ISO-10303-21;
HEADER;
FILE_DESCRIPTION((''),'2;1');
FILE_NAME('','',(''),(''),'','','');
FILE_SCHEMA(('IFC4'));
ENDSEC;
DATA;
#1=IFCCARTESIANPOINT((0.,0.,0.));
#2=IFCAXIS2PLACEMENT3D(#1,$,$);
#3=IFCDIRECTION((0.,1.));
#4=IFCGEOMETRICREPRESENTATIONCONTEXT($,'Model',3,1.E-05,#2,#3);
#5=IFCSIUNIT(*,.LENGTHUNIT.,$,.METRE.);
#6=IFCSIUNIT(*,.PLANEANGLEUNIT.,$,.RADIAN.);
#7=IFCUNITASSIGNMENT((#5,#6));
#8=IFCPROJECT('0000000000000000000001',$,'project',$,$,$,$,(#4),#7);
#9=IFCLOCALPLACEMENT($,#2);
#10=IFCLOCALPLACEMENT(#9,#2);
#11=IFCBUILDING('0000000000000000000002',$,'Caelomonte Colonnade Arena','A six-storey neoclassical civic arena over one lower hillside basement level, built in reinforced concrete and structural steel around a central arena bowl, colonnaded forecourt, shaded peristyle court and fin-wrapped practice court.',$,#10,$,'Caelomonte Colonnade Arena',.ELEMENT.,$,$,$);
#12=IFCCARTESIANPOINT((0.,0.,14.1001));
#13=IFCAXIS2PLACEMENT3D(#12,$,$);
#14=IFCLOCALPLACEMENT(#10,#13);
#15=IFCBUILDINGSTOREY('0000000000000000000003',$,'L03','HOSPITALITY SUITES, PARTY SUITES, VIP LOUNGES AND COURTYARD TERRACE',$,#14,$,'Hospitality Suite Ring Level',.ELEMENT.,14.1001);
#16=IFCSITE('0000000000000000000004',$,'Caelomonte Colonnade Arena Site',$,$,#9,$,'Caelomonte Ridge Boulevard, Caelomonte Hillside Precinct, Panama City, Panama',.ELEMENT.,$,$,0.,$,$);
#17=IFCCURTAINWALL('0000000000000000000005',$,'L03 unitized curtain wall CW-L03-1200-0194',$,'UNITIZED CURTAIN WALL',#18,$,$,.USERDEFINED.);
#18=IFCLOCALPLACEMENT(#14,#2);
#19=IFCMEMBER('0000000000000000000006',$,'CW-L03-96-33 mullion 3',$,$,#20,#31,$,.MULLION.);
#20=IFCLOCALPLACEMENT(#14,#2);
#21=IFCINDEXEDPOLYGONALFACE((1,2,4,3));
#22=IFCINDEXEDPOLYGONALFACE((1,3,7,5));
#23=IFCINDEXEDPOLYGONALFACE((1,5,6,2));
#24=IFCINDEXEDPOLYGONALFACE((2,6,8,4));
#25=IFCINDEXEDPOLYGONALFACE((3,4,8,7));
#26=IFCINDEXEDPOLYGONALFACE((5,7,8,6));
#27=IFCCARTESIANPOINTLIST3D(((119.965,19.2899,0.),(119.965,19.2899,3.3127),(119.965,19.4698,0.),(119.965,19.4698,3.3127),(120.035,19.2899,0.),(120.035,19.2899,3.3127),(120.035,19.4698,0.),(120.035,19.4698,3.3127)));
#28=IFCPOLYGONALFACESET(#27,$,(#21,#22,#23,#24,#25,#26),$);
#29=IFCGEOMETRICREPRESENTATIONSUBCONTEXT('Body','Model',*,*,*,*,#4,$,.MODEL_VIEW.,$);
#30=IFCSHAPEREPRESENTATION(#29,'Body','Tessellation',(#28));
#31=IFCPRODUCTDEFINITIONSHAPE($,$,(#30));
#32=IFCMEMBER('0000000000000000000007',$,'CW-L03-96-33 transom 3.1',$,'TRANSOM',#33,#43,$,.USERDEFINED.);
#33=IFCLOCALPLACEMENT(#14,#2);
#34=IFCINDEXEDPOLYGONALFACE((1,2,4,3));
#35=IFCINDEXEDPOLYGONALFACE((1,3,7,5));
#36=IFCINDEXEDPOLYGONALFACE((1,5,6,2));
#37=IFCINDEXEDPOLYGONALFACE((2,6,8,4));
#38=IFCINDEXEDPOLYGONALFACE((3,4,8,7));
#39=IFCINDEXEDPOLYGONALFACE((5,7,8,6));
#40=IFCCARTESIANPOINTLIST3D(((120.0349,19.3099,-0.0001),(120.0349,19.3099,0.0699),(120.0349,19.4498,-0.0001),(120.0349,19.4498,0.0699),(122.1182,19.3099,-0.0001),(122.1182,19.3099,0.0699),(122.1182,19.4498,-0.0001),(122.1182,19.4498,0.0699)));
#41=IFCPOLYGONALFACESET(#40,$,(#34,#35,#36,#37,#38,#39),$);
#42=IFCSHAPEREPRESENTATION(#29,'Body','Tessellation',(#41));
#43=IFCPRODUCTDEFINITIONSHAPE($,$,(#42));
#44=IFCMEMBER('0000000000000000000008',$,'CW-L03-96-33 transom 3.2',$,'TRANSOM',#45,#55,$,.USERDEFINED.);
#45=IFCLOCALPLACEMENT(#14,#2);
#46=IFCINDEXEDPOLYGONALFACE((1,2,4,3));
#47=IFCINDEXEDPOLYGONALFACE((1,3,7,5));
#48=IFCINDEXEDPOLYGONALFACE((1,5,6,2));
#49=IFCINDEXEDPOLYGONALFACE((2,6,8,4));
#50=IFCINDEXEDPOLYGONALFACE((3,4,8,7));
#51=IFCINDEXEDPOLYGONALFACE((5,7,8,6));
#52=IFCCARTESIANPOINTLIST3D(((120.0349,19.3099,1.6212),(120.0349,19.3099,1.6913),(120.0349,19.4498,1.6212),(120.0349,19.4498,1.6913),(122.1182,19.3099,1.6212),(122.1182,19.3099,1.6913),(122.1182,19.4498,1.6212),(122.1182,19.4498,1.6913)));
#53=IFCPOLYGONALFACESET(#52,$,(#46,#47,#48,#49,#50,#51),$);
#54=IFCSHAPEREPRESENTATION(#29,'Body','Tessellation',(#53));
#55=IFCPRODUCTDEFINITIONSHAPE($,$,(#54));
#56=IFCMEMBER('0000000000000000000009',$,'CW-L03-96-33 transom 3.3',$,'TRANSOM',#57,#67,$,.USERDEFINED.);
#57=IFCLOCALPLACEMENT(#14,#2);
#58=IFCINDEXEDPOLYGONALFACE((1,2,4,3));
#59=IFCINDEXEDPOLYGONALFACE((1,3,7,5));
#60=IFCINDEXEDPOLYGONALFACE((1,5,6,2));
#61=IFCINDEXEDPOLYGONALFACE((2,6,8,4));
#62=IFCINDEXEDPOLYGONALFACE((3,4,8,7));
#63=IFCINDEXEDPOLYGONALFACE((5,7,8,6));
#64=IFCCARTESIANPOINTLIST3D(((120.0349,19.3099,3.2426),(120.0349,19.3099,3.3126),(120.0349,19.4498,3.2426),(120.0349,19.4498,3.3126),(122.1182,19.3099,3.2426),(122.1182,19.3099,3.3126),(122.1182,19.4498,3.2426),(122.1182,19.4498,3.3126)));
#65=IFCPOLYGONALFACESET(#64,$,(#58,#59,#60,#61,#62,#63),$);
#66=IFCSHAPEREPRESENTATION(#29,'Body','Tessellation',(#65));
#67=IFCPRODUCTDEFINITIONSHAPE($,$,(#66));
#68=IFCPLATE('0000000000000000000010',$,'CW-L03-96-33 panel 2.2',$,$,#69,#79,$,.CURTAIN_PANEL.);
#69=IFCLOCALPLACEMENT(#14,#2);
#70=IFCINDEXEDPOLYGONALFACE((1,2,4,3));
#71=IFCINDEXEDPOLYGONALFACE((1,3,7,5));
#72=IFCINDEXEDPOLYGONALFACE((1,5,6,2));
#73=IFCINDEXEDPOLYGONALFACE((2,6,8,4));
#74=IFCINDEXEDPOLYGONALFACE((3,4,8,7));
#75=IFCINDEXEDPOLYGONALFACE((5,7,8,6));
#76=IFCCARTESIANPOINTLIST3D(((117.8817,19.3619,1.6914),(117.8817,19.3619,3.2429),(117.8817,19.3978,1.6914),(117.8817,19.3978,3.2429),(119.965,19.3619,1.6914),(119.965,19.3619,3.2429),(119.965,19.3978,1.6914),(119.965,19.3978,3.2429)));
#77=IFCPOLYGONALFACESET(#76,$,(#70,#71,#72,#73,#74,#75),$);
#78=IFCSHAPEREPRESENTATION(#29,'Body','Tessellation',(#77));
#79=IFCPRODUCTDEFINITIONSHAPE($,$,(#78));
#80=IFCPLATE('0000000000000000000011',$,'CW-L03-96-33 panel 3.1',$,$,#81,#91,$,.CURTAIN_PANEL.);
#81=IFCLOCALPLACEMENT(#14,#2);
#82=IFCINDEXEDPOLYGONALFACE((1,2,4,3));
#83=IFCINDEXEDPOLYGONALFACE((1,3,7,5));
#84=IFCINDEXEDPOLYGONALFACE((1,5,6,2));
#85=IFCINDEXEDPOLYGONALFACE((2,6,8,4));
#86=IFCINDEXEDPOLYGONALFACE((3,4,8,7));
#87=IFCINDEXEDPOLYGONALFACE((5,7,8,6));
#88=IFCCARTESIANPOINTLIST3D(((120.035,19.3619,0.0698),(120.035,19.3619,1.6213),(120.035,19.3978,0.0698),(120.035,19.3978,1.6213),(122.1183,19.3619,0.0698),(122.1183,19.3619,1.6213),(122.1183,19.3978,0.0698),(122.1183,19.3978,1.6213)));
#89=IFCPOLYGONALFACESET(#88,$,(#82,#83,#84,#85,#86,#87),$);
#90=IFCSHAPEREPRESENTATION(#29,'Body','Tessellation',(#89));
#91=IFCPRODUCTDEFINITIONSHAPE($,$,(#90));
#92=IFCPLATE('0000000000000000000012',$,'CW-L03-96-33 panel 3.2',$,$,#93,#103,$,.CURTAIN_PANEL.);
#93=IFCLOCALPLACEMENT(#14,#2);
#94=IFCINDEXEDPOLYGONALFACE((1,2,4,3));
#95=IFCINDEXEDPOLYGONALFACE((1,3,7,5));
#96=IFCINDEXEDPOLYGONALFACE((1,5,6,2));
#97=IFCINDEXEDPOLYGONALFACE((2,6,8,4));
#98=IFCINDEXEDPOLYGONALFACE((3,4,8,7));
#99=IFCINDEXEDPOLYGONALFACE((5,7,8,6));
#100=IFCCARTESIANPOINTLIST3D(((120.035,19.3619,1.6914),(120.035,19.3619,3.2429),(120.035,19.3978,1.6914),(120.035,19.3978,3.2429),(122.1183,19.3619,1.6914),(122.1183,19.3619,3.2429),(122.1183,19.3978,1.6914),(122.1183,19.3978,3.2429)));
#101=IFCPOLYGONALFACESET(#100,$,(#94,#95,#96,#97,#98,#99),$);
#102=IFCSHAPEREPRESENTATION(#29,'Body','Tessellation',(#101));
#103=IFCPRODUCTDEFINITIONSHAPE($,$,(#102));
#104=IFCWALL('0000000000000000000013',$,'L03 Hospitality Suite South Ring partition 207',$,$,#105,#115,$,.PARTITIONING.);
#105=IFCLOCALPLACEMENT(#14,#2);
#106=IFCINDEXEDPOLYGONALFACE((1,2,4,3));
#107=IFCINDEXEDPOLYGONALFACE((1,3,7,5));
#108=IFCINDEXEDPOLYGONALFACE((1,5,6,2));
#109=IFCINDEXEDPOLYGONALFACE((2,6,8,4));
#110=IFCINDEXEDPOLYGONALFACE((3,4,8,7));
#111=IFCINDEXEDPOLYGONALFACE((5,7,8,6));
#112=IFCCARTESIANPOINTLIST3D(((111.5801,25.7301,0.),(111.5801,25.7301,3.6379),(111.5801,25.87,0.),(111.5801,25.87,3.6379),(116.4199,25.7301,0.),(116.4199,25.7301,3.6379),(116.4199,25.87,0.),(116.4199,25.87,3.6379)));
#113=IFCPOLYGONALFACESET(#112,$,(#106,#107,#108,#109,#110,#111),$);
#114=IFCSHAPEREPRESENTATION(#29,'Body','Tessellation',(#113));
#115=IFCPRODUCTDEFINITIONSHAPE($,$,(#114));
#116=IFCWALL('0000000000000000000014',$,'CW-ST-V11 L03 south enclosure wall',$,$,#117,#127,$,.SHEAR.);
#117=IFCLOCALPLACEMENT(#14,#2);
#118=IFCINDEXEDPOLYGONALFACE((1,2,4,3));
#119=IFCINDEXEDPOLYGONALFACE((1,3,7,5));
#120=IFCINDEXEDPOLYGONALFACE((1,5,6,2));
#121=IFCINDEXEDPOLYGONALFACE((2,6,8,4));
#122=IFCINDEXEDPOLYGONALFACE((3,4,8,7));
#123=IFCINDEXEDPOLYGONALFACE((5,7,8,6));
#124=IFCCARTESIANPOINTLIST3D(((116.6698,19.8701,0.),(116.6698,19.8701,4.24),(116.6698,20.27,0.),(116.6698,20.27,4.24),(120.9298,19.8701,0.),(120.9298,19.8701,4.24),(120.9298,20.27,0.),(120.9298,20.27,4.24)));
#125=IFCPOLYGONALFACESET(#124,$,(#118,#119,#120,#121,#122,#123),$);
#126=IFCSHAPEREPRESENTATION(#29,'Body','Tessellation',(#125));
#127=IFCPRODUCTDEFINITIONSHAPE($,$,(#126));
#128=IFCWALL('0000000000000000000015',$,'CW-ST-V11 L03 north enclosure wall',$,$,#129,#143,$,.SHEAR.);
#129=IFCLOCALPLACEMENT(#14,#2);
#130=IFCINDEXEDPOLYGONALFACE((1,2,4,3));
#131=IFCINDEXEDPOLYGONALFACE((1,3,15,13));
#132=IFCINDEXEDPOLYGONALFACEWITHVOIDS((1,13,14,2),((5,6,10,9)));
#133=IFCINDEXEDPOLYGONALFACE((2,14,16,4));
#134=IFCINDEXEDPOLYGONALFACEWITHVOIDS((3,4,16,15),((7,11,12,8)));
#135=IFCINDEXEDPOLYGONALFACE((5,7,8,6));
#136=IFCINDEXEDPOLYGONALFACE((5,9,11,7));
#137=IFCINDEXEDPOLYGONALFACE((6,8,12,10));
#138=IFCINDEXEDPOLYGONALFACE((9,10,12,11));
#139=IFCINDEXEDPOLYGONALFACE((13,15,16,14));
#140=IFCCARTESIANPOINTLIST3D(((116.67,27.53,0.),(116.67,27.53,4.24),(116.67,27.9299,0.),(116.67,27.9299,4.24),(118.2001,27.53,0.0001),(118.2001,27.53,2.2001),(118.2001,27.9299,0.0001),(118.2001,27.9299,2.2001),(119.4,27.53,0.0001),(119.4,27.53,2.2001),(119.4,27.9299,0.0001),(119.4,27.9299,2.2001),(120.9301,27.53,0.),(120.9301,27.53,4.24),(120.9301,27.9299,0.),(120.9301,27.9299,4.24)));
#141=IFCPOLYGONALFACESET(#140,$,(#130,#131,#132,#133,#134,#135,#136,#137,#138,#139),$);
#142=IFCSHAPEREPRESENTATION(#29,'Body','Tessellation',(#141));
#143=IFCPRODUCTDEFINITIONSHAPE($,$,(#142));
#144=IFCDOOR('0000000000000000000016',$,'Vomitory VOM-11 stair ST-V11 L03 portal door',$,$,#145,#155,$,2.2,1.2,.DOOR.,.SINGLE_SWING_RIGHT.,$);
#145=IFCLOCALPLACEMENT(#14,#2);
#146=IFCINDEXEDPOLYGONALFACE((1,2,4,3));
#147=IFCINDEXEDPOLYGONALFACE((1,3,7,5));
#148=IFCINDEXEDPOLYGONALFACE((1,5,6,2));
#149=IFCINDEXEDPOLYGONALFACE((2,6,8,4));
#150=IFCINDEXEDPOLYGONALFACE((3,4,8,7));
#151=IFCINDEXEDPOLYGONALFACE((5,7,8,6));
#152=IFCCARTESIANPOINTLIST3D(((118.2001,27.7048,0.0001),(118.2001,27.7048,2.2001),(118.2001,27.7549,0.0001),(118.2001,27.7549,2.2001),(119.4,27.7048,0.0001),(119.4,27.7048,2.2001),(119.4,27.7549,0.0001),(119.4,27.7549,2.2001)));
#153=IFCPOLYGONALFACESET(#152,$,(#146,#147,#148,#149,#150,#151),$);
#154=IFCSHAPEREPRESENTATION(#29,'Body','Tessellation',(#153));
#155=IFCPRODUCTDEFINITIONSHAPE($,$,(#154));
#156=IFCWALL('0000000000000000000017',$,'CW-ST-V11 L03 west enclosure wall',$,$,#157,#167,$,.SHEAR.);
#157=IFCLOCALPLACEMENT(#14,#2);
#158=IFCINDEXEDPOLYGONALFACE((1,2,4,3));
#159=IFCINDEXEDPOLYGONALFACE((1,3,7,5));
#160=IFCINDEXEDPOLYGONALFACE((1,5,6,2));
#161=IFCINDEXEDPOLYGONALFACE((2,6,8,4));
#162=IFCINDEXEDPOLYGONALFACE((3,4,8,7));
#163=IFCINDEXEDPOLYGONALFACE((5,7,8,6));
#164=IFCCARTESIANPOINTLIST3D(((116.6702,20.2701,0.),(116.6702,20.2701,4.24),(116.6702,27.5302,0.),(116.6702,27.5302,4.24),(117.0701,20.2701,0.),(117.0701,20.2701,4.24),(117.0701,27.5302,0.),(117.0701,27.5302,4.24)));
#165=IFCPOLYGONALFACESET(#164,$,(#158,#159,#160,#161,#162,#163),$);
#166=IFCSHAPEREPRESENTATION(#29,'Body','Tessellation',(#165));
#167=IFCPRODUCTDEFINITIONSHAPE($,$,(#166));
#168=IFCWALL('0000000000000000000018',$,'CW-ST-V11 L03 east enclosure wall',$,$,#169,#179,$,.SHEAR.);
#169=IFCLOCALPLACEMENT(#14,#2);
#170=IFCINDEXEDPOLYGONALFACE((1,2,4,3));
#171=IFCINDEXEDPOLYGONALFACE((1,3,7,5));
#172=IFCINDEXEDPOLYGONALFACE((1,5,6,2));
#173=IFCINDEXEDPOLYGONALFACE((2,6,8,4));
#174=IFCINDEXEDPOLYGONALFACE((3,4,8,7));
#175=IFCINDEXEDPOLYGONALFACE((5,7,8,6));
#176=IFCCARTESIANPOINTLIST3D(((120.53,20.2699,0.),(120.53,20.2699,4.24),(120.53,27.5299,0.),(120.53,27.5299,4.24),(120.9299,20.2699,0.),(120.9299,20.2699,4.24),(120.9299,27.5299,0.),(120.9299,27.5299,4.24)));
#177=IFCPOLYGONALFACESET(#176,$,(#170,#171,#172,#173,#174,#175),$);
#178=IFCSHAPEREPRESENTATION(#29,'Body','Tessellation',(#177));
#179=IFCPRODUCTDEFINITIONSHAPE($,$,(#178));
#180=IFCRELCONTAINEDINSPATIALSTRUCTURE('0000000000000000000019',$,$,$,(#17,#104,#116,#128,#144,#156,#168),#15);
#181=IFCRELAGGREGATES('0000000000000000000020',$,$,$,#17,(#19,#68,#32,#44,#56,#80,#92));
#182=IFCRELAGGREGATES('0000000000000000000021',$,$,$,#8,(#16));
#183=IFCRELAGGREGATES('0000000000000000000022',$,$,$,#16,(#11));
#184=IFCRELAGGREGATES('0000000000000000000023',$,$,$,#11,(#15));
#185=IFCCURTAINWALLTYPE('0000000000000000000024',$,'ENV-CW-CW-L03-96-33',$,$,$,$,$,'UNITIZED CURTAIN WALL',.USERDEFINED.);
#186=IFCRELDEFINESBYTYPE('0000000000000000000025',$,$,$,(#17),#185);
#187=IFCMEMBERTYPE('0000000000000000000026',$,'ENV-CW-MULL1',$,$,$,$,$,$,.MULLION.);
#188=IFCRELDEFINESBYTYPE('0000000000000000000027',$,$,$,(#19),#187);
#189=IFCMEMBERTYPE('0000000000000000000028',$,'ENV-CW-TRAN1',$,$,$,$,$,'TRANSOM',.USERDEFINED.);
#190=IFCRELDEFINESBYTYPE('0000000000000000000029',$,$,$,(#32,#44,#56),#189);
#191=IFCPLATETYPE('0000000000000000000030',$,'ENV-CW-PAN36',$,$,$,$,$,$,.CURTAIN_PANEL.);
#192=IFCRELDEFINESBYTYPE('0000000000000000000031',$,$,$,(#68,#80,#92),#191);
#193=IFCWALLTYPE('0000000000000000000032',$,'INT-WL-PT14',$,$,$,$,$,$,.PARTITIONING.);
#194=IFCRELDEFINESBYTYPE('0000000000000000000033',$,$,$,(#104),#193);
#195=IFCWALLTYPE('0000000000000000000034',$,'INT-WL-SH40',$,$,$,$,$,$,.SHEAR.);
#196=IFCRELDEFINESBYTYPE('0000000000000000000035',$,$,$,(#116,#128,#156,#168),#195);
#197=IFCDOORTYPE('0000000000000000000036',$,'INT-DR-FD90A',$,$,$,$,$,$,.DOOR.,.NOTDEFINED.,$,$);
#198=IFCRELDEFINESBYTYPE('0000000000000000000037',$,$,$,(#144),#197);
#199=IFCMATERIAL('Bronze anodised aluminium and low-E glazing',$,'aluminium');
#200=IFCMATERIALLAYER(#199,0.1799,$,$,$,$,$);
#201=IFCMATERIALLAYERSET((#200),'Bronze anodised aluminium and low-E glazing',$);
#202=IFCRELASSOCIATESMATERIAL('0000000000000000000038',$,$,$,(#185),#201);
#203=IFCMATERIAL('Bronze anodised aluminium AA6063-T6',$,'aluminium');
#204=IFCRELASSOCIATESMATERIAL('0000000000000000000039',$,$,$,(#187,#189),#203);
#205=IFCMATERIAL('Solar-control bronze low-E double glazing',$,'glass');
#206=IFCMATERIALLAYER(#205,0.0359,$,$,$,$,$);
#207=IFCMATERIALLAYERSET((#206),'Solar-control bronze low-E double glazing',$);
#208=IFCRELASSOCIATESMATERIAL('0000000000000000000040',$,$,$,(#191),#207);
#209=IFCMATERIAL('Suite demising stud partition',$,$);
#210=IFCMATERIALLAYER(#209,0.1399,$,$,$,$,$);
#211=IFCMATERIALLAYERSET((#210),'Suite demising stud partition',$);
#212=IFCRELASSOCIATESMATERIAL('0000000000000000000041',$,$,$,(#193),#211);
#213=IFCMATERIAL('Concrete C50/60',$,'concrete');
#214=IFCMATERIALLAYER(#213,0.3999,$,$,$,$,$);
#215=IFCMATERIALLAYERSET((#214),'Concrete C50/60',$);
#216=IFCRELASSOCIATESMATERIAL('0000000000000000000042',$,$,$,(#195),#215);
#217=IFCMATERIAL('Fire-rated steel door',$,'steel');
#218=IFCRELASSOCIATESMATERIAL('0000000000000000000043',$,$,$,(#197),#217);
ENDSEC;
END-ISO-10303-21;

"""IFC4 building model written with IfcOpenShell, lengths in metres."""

from ifc_helpers import new_model, si_unit, direction, frame, frame_2d, origin, origin_2d, place, context, subcontext, project, spatial, rectangle, extrude, material, layer, layer_set, material_profile, profile_set, type_object, element, fill, aggregate, save


model = new_model("IFC4")

# Units and contexts
model_context = context("Model", 3, precision=1e-05, world=origin(), true_north=direction((0.0, 1.0)))
body_context = subcontext(model_context, "Body", "Model", "MODEL_VIEW")
ifc_project = project(units=[si_unit("LENGTHUNIT", "METRE"), si_unit("PLANEANGLEUNIT", "RADIAN")], contexts=[model_context])

# Site, building, storey
site_placement = place(None, origin())
site = spatial("IfcSite", under=ifc_project, at=site_placement, Name="Caelomonte Colonnade Arena Site", LongName="Caelomonte Ridge Boulevard, Caelomonte Hillside Precinct, Panama City, Panama", CompositionType="ELEMENT", RefElevation=0.0)
building_placement = place(site_placement, origin())
building = spatial("IfcBuilding", under=site, at=building_placement, Name="Caelomonte Colonnade Arena", Description="A six-storey neoclassical civic arena over one lower hillside basement level, built in reinforced concrete and structural steel around a central arena bowl, colonnaded forecourt, shaded peristyle court and fin-wrapped practice court.", LongName="Caelomonte Colonnade Arena", CompositionType="ELEMENT")
storey_placement = place(building_placement, frame((0.0, 0.0, 14.1001)))
storey = spatial("IfcBuildingStorey", under=building, at=storey_placement, Name="L03", Description="HOSPITALITY SUITES, PARTY SUITES, VIP LOUNGES AND COURTYARD TERRACE", LongName="Hospitality Suite Ring Level", CompositionType="ELEMENT", Elevation=14.1001)

# Curtain wall, members, plates
ifc_material_1 = material(Name="Bronze anodised aluminium and low-E glazing", Category="aluminium")
ifc_layer_1 = layer(ifc_material_1, 0.1799)
ifc_layer_set_1 = layer_set([ifc_layer_1], Name="Bronze anodised aluminium and low-E glazing")
curtain_wall_type = type_object("IfcCurtainWallType", Name="ENV-CW-CW-L03-96-33", ElementType="UNITIZED CURTAIN WALL", PredefinedType="USERDEFINED", material=ifc_layer_set_1)
curtain_wall_placement = place(storey_placement, origin())
curtain_wall = element("IfcCurtainWall", 1, at=curtain_wall_placement, inside=storey, type_object=curtain_wall_type, Name="L03 unitized curtain wall CW-L03-1200-0194", ObjectType="UNITIZED CURTAIN WALL", PredefinedType="USERDEFINED")
ifc_material_2 = material(Name="Bronze anodised aluminium AA6063-T6", Category="aluminium")
ifc_material_profile_1 = material_profile(ifc_material_2, rectangle(XDim=0.0701, YDim=0.1799, at=origin_2d()), Name="CWM-70X180")
ifc_profile_set_1 = profile_set([ifc_material_profile_1], Name="Bronze anodised aluminium AA6063-T6")
member_type_1 = type_object("IfcMemberType", Name="ENV-CW-MULL1", PredefinedType="MULLION", material=ifc_profile_set_1)
member_1_placement = place(storey_placement, frame((120.0, 19.3799, 0.0), z_axis=(0.0, 0.0, 1.0), x_axis=(1.0, 0.0, 0.0)))
member_1 = element("IfcMember", 2, at=member_1_placement, type_object=member_type_1, Name="CW-L03-96-33 mullion 3", PredefinedType="MULLION", context=body_context, shape_type="SweptSolid", body=[
    extrude(rectangle(XDim=0.0701, YDim=0.1799, at=origin_2d()), origin(), (0.0, 0.0, 1.0), 3.3127),
])
ifc_material_profile_2 = material_profile(ifc_material_2, rectangle(XDim=0.0701, YDim=0.1399, at=origin_2d()), Name="CWT-70X140")
ifc_profile_set_2 = profile_set([ifc_material_profile_2], Name="Bronze anodised aluminium AA6063-T6")
member_type_2 = type_object("IfcMemberType", Name="ENV-CW-TRAN1", ElementType="TRANSOM", PredefinedType="USERDEFINED", material=ifc_profile_set_2)
member_2_placement = place(storey_placement, frame((120.0349, 19.3799, 0.0349), z_axis=(1.0, 0.0, 0.0), x_axis=(0.0, 0.0, 1.0)))
member_2 = element("IfcMember", 3, at=member_2_placement, type_object=member_type_2, Name="CW-L03-96-33 transom 3.1", ObjectType="TRANSOM", PredefinedType="USERDEFINED", context=body_context, shape_type="SweptSolid", body=[
    extrude(rectangle(XDim=0.0701, YDim=0.1399, at=origin_2d()), origin(), (0.0, 0.0, 1.0), 2.0833),
])
member_3_placement = place(storey_placement, frame((120.0349, 19.3799, 1.6562), z_axis=(1.0, 0.0, 0.0), x_axis=(0.0, 0.0, 1.0)))
member_3 = element("IfcMember", 4, at=member_3_placement, type_object=member_type_2, Name="CW-L03-96-33 transom 3.2", ObjectType="TRANSOM", PredefinedType="USERDEFINED", context=body_context, shape_type="SweptSolid", body=[
    extrude(rectangle(XDim=0.0701, YDim=0.1399, at=origin_2d()), origin(), (0.0, 0.0, 1.0), 2.0833),
])
member_4_placement = place(storey_placement, frame((120.0349, 19.3799, 3.2776), z_axis=(1.0, 0.0, 0.0), x_axis=(0.0, 0.0, 1.0)))
member_4 = element("IfcMember", 5, at=member_4_placement, type_object=member_type_2, Name="CW-L03-96-33 transom 3.3", ObjectType="TRANSOM", PredefinedType="USERDEFINED", context=body_context, shape_type="SweptSolid", body=[
    extrude(rectangle(XDim=0.0701, YDim=0.1399, at=origin_2d()), origin(), (0.0, 0.0, 1.0), 2.0833),
])
ifc_material_3 = material(Name="Solar-control bronze low-E double glazing", Category="glass")
ifc_layer_2 = layer(ifc_material_3, 0.0359)
ifc_layer_set_2 = layer_set([ifc_layer_2], Name="Solar-control bronze low-E double glazing")
plate_type = type_object("IfcPlateType", Name="ENV-CW-PAN36", PredefinedType="CURTAIN_PANEL", material=ifc_layer_set_2)
plate_1_placement = place(storey_placement, frame((118.9233, 19.3799, 1.6914), z_axis=(0.0, 0.0, 1.0), x_axis=(1.0, 0.0, 0.0)))
plate_1 = element("IfcPlate", 6, at=plate_1_placement, type_object=plate_type, Name="CW-L03-96-33 panel 2.2", PredefinedType="CURTAIN_PANEL", context=body_context, shape_type="SweptSolid", body=[
    extrude(rectangle(XDim=2.0833, YDim=0.0359, at=origin_2d()), origin(), (0.0, 0.0, 1.0), 1.5515),
])
plate_2_placement = place(storey_placement, frame((121.0767, 19.3799, 0.0698), z_axis=(0.0, 0.0, 1.0), x_axis=(1.0, 0.0, 0.0)))
plate_2 = element("IfcPlate", 7, at=plate_2_placement, type_object=plate_type, Name="CW-L03-96-33 panel 3.1", PredefinedType="CURTAIN_PANEL", context=body_context, shape_type="SweptSolid", body=[
    extrude(rectangle(XDim=2.0833, YDim=0.0359, at=origin_2d()), origin(), (0.0, 0.0, 1.0), 1.5515),
])
plate_3_placement = place(storey_placement, frame((121.0767, 19.3799, 1.6914), z_axis=(0.0, 0.0, 1.0), x_axis=(1.0, 0.0, 0.0)))
plate_3 = element("IfcPlate", 8, at=plate_3_placement, type_object=plate_type, Name="CW-L03-96-33 panel 3.2", PredefinedType="CURTAIN_PANEL", context=body_context, shape_type="SweptSolid", body=[
    extrude(rectangle(XDim=2.0833, YDim=0.0359, at=origin_2d()), origin(), (0.0, 0.0, 1.0), 1.5515),
])
aggregate(curtain_wall, [member_1, plate_1, member_2, member_3, member_4, plate_2, plate_3])

# Walls
ifc_material_4 = material(Name="Suite demising stud partition")
ifc_layer_3 = layer(ifc_material_4, 0.1399)
ifc_layer_set_3 = layer_set([ifc_layer_3], Name="Suite demising stud partition")
wall_type_1 = type_object("IfcWallType", Name="INT-WL-PT14", PredefinedType="PARTITIONING", material=ifc_layer_set_3)
wall_1_placement = place(storey_placement, frame((116.4199, 25.8, 0.0), z_axis=(0.0, 0.0, 1.0), x_axis=(-1.0, 0.0, 0.0)))
element("IfcWall", 9, at=wall_1_placement, inside=storey, type_object=wall_type_1, Name="L03 Hospitality Suite South Ring partition 207", PredefinedType="PARTITIONING", context=body_context, shape_type="SweptSolid", body=[
    extrude(rectangle(XDim=4.8398, YDim=0.1399, at=frame_2d((2.4199, 0.0))), origin(), (0.0, 0.0, 1.0), 3.6379),
])
ifc_material_5 = material(Name="Concrete C50/60", Category="concrete")
ifc_layer_4 = layer(ifc_material_5, 0.3999)
ifc_layer_set_4 = layer_set([ifc_layer_4], Name="Concrete C50/60")
wall_type_2 = type_object("IfcWallType", Name="INT-WL-SH40", PredefinedType="SHEAR", material=ifc_layer_set_4)
wall_2_placement = place(storey_placement, frame((116.6699, 20.0701, 0.0), z_axis=(0.0, 0.0, 1.0), x_axis=(1.0, 0.0, 0.0)))
element("IfcWall", 10, at=wall_2_placement, inside=storey, type_object=wall_type_2, Name="CW-ST-V11 L03 south enclosure wall", PredefinedType="SHEAR", context=body_context, shape_type="SweptSolid", body=[
    extrude(rectangle(XDim=4.26, YDim=0.3999, at=frame_2d((2.1299, 0.0))), origin(), (0.0, 0.0, 1.0), 4.24),
])

# Wall, opening, door
wall_3_placement = place(storey_placement, frame((120.9299, 27.73, 0.0), z_axis=(0.0, 0.0, 1.0), x_axis=(-1.0, 0.0, 0.0)))
wall_3 = element("IfcWall", 11, at=wall_3_placement, inside=storey, type_object=wall_type_2, Name="CW-ST-V11 L03 north enclosure wall", PredefinedType="SHEAR", context=body_context, shape_type="SweptSolid", body=[
    extrude(rectangle(XDim=4.26, YDim=0.3999, at=frame_2d((2.1299, 0.0))), origin(), (0.0, 0.0, 1.0), 4.24),
])
opening_placement = place(wall_3_placement, frame((2.73, 0.0, 0.0), z_axis=(0.0, 0.0, 1.0), x_axis=(-1.0, 0.0, 0.0)))
opening = element("IfcOpeningElement", 12, at=opening_placement, cuts=wall_3, PredefinedType="OPENING", context=body_context, shape_type="SweptSolid", body=[
    extrude(rectangle(XDim=1.2, YDim=2.2, at=frame_2d((0.6001, 1.1001))), frame((0.0, 0.21, 0.0), z_axis=(0.0, -1.0, 0.0), x_axis=(1.0, 0.0, 0.0)), (0.0, 0.0, 1.0), 0.4199),
])
ifc_material_6 = material(Name="Fire-rated steel door", Category="steel")
door_type = type_object("IfcDoorType", Name="INT-DR-FD90A", OperationType="NOTDEFINED", PredefinedType="DOOR", material=ifc_material_6)
door_placement = place(opening_placement, origin())
door = element("IfcDoor", 13, at=door_placement, inside=storey, type_object=door_type, Name="Vomitory VOM-11 stair ST-V11 L03 portal door", OperationType="SINGLE_SWING_RIGHT", OverallHeight=2.2, OverallWidth=1.2, PredefinedType="DOOR", context=body_context, shape_type="SweptSolid", body=[
    extrude(rectangle(XDim=1.2, YDim=2.2, at=frame_2d((0.6001, 1.1001))), frame((0.0, 0.0249, 0.0), z_axis=(0.0, -1.0, 0.0), x_axis=(1.0, 0.0, 0.0)), (0.0, 0.0, 1.0), 0.05),
])
fill(opening, door)

# Walls
for number, where, z_axis, x_axis, name in (
    (14, (116.8701, 27.53, 0.0), (0.0, 0.0, 1.0), (0.0, -1.0, 0.0), "CW-ST-V11 L03 west enclosure wall"),
    (15, (120.73, 20.27, 0.0), (0.0, 0.0, 1.0), (0.0, 1.0, 0.0), "CW-ST-V11 L03 east enclosure wall"),
):
    element("IfcWall", number, at=place(storey_placement, frame(where, z_axis=z_axis, x_axis=x_axis)), inside=storey, type_object=wall_type_2, Name=name, PredefinedType="SHEAR", context=body_context, shape_type="SweptSolid", body=[
        extrude(rectangle(XDim=7.26, YDim=0.3999, at=frame_2d((3.6299, 0.0))), origin(), (0.0, 0.0, 1.0), 4.24),
    ])

save(model, "model.ifc")
